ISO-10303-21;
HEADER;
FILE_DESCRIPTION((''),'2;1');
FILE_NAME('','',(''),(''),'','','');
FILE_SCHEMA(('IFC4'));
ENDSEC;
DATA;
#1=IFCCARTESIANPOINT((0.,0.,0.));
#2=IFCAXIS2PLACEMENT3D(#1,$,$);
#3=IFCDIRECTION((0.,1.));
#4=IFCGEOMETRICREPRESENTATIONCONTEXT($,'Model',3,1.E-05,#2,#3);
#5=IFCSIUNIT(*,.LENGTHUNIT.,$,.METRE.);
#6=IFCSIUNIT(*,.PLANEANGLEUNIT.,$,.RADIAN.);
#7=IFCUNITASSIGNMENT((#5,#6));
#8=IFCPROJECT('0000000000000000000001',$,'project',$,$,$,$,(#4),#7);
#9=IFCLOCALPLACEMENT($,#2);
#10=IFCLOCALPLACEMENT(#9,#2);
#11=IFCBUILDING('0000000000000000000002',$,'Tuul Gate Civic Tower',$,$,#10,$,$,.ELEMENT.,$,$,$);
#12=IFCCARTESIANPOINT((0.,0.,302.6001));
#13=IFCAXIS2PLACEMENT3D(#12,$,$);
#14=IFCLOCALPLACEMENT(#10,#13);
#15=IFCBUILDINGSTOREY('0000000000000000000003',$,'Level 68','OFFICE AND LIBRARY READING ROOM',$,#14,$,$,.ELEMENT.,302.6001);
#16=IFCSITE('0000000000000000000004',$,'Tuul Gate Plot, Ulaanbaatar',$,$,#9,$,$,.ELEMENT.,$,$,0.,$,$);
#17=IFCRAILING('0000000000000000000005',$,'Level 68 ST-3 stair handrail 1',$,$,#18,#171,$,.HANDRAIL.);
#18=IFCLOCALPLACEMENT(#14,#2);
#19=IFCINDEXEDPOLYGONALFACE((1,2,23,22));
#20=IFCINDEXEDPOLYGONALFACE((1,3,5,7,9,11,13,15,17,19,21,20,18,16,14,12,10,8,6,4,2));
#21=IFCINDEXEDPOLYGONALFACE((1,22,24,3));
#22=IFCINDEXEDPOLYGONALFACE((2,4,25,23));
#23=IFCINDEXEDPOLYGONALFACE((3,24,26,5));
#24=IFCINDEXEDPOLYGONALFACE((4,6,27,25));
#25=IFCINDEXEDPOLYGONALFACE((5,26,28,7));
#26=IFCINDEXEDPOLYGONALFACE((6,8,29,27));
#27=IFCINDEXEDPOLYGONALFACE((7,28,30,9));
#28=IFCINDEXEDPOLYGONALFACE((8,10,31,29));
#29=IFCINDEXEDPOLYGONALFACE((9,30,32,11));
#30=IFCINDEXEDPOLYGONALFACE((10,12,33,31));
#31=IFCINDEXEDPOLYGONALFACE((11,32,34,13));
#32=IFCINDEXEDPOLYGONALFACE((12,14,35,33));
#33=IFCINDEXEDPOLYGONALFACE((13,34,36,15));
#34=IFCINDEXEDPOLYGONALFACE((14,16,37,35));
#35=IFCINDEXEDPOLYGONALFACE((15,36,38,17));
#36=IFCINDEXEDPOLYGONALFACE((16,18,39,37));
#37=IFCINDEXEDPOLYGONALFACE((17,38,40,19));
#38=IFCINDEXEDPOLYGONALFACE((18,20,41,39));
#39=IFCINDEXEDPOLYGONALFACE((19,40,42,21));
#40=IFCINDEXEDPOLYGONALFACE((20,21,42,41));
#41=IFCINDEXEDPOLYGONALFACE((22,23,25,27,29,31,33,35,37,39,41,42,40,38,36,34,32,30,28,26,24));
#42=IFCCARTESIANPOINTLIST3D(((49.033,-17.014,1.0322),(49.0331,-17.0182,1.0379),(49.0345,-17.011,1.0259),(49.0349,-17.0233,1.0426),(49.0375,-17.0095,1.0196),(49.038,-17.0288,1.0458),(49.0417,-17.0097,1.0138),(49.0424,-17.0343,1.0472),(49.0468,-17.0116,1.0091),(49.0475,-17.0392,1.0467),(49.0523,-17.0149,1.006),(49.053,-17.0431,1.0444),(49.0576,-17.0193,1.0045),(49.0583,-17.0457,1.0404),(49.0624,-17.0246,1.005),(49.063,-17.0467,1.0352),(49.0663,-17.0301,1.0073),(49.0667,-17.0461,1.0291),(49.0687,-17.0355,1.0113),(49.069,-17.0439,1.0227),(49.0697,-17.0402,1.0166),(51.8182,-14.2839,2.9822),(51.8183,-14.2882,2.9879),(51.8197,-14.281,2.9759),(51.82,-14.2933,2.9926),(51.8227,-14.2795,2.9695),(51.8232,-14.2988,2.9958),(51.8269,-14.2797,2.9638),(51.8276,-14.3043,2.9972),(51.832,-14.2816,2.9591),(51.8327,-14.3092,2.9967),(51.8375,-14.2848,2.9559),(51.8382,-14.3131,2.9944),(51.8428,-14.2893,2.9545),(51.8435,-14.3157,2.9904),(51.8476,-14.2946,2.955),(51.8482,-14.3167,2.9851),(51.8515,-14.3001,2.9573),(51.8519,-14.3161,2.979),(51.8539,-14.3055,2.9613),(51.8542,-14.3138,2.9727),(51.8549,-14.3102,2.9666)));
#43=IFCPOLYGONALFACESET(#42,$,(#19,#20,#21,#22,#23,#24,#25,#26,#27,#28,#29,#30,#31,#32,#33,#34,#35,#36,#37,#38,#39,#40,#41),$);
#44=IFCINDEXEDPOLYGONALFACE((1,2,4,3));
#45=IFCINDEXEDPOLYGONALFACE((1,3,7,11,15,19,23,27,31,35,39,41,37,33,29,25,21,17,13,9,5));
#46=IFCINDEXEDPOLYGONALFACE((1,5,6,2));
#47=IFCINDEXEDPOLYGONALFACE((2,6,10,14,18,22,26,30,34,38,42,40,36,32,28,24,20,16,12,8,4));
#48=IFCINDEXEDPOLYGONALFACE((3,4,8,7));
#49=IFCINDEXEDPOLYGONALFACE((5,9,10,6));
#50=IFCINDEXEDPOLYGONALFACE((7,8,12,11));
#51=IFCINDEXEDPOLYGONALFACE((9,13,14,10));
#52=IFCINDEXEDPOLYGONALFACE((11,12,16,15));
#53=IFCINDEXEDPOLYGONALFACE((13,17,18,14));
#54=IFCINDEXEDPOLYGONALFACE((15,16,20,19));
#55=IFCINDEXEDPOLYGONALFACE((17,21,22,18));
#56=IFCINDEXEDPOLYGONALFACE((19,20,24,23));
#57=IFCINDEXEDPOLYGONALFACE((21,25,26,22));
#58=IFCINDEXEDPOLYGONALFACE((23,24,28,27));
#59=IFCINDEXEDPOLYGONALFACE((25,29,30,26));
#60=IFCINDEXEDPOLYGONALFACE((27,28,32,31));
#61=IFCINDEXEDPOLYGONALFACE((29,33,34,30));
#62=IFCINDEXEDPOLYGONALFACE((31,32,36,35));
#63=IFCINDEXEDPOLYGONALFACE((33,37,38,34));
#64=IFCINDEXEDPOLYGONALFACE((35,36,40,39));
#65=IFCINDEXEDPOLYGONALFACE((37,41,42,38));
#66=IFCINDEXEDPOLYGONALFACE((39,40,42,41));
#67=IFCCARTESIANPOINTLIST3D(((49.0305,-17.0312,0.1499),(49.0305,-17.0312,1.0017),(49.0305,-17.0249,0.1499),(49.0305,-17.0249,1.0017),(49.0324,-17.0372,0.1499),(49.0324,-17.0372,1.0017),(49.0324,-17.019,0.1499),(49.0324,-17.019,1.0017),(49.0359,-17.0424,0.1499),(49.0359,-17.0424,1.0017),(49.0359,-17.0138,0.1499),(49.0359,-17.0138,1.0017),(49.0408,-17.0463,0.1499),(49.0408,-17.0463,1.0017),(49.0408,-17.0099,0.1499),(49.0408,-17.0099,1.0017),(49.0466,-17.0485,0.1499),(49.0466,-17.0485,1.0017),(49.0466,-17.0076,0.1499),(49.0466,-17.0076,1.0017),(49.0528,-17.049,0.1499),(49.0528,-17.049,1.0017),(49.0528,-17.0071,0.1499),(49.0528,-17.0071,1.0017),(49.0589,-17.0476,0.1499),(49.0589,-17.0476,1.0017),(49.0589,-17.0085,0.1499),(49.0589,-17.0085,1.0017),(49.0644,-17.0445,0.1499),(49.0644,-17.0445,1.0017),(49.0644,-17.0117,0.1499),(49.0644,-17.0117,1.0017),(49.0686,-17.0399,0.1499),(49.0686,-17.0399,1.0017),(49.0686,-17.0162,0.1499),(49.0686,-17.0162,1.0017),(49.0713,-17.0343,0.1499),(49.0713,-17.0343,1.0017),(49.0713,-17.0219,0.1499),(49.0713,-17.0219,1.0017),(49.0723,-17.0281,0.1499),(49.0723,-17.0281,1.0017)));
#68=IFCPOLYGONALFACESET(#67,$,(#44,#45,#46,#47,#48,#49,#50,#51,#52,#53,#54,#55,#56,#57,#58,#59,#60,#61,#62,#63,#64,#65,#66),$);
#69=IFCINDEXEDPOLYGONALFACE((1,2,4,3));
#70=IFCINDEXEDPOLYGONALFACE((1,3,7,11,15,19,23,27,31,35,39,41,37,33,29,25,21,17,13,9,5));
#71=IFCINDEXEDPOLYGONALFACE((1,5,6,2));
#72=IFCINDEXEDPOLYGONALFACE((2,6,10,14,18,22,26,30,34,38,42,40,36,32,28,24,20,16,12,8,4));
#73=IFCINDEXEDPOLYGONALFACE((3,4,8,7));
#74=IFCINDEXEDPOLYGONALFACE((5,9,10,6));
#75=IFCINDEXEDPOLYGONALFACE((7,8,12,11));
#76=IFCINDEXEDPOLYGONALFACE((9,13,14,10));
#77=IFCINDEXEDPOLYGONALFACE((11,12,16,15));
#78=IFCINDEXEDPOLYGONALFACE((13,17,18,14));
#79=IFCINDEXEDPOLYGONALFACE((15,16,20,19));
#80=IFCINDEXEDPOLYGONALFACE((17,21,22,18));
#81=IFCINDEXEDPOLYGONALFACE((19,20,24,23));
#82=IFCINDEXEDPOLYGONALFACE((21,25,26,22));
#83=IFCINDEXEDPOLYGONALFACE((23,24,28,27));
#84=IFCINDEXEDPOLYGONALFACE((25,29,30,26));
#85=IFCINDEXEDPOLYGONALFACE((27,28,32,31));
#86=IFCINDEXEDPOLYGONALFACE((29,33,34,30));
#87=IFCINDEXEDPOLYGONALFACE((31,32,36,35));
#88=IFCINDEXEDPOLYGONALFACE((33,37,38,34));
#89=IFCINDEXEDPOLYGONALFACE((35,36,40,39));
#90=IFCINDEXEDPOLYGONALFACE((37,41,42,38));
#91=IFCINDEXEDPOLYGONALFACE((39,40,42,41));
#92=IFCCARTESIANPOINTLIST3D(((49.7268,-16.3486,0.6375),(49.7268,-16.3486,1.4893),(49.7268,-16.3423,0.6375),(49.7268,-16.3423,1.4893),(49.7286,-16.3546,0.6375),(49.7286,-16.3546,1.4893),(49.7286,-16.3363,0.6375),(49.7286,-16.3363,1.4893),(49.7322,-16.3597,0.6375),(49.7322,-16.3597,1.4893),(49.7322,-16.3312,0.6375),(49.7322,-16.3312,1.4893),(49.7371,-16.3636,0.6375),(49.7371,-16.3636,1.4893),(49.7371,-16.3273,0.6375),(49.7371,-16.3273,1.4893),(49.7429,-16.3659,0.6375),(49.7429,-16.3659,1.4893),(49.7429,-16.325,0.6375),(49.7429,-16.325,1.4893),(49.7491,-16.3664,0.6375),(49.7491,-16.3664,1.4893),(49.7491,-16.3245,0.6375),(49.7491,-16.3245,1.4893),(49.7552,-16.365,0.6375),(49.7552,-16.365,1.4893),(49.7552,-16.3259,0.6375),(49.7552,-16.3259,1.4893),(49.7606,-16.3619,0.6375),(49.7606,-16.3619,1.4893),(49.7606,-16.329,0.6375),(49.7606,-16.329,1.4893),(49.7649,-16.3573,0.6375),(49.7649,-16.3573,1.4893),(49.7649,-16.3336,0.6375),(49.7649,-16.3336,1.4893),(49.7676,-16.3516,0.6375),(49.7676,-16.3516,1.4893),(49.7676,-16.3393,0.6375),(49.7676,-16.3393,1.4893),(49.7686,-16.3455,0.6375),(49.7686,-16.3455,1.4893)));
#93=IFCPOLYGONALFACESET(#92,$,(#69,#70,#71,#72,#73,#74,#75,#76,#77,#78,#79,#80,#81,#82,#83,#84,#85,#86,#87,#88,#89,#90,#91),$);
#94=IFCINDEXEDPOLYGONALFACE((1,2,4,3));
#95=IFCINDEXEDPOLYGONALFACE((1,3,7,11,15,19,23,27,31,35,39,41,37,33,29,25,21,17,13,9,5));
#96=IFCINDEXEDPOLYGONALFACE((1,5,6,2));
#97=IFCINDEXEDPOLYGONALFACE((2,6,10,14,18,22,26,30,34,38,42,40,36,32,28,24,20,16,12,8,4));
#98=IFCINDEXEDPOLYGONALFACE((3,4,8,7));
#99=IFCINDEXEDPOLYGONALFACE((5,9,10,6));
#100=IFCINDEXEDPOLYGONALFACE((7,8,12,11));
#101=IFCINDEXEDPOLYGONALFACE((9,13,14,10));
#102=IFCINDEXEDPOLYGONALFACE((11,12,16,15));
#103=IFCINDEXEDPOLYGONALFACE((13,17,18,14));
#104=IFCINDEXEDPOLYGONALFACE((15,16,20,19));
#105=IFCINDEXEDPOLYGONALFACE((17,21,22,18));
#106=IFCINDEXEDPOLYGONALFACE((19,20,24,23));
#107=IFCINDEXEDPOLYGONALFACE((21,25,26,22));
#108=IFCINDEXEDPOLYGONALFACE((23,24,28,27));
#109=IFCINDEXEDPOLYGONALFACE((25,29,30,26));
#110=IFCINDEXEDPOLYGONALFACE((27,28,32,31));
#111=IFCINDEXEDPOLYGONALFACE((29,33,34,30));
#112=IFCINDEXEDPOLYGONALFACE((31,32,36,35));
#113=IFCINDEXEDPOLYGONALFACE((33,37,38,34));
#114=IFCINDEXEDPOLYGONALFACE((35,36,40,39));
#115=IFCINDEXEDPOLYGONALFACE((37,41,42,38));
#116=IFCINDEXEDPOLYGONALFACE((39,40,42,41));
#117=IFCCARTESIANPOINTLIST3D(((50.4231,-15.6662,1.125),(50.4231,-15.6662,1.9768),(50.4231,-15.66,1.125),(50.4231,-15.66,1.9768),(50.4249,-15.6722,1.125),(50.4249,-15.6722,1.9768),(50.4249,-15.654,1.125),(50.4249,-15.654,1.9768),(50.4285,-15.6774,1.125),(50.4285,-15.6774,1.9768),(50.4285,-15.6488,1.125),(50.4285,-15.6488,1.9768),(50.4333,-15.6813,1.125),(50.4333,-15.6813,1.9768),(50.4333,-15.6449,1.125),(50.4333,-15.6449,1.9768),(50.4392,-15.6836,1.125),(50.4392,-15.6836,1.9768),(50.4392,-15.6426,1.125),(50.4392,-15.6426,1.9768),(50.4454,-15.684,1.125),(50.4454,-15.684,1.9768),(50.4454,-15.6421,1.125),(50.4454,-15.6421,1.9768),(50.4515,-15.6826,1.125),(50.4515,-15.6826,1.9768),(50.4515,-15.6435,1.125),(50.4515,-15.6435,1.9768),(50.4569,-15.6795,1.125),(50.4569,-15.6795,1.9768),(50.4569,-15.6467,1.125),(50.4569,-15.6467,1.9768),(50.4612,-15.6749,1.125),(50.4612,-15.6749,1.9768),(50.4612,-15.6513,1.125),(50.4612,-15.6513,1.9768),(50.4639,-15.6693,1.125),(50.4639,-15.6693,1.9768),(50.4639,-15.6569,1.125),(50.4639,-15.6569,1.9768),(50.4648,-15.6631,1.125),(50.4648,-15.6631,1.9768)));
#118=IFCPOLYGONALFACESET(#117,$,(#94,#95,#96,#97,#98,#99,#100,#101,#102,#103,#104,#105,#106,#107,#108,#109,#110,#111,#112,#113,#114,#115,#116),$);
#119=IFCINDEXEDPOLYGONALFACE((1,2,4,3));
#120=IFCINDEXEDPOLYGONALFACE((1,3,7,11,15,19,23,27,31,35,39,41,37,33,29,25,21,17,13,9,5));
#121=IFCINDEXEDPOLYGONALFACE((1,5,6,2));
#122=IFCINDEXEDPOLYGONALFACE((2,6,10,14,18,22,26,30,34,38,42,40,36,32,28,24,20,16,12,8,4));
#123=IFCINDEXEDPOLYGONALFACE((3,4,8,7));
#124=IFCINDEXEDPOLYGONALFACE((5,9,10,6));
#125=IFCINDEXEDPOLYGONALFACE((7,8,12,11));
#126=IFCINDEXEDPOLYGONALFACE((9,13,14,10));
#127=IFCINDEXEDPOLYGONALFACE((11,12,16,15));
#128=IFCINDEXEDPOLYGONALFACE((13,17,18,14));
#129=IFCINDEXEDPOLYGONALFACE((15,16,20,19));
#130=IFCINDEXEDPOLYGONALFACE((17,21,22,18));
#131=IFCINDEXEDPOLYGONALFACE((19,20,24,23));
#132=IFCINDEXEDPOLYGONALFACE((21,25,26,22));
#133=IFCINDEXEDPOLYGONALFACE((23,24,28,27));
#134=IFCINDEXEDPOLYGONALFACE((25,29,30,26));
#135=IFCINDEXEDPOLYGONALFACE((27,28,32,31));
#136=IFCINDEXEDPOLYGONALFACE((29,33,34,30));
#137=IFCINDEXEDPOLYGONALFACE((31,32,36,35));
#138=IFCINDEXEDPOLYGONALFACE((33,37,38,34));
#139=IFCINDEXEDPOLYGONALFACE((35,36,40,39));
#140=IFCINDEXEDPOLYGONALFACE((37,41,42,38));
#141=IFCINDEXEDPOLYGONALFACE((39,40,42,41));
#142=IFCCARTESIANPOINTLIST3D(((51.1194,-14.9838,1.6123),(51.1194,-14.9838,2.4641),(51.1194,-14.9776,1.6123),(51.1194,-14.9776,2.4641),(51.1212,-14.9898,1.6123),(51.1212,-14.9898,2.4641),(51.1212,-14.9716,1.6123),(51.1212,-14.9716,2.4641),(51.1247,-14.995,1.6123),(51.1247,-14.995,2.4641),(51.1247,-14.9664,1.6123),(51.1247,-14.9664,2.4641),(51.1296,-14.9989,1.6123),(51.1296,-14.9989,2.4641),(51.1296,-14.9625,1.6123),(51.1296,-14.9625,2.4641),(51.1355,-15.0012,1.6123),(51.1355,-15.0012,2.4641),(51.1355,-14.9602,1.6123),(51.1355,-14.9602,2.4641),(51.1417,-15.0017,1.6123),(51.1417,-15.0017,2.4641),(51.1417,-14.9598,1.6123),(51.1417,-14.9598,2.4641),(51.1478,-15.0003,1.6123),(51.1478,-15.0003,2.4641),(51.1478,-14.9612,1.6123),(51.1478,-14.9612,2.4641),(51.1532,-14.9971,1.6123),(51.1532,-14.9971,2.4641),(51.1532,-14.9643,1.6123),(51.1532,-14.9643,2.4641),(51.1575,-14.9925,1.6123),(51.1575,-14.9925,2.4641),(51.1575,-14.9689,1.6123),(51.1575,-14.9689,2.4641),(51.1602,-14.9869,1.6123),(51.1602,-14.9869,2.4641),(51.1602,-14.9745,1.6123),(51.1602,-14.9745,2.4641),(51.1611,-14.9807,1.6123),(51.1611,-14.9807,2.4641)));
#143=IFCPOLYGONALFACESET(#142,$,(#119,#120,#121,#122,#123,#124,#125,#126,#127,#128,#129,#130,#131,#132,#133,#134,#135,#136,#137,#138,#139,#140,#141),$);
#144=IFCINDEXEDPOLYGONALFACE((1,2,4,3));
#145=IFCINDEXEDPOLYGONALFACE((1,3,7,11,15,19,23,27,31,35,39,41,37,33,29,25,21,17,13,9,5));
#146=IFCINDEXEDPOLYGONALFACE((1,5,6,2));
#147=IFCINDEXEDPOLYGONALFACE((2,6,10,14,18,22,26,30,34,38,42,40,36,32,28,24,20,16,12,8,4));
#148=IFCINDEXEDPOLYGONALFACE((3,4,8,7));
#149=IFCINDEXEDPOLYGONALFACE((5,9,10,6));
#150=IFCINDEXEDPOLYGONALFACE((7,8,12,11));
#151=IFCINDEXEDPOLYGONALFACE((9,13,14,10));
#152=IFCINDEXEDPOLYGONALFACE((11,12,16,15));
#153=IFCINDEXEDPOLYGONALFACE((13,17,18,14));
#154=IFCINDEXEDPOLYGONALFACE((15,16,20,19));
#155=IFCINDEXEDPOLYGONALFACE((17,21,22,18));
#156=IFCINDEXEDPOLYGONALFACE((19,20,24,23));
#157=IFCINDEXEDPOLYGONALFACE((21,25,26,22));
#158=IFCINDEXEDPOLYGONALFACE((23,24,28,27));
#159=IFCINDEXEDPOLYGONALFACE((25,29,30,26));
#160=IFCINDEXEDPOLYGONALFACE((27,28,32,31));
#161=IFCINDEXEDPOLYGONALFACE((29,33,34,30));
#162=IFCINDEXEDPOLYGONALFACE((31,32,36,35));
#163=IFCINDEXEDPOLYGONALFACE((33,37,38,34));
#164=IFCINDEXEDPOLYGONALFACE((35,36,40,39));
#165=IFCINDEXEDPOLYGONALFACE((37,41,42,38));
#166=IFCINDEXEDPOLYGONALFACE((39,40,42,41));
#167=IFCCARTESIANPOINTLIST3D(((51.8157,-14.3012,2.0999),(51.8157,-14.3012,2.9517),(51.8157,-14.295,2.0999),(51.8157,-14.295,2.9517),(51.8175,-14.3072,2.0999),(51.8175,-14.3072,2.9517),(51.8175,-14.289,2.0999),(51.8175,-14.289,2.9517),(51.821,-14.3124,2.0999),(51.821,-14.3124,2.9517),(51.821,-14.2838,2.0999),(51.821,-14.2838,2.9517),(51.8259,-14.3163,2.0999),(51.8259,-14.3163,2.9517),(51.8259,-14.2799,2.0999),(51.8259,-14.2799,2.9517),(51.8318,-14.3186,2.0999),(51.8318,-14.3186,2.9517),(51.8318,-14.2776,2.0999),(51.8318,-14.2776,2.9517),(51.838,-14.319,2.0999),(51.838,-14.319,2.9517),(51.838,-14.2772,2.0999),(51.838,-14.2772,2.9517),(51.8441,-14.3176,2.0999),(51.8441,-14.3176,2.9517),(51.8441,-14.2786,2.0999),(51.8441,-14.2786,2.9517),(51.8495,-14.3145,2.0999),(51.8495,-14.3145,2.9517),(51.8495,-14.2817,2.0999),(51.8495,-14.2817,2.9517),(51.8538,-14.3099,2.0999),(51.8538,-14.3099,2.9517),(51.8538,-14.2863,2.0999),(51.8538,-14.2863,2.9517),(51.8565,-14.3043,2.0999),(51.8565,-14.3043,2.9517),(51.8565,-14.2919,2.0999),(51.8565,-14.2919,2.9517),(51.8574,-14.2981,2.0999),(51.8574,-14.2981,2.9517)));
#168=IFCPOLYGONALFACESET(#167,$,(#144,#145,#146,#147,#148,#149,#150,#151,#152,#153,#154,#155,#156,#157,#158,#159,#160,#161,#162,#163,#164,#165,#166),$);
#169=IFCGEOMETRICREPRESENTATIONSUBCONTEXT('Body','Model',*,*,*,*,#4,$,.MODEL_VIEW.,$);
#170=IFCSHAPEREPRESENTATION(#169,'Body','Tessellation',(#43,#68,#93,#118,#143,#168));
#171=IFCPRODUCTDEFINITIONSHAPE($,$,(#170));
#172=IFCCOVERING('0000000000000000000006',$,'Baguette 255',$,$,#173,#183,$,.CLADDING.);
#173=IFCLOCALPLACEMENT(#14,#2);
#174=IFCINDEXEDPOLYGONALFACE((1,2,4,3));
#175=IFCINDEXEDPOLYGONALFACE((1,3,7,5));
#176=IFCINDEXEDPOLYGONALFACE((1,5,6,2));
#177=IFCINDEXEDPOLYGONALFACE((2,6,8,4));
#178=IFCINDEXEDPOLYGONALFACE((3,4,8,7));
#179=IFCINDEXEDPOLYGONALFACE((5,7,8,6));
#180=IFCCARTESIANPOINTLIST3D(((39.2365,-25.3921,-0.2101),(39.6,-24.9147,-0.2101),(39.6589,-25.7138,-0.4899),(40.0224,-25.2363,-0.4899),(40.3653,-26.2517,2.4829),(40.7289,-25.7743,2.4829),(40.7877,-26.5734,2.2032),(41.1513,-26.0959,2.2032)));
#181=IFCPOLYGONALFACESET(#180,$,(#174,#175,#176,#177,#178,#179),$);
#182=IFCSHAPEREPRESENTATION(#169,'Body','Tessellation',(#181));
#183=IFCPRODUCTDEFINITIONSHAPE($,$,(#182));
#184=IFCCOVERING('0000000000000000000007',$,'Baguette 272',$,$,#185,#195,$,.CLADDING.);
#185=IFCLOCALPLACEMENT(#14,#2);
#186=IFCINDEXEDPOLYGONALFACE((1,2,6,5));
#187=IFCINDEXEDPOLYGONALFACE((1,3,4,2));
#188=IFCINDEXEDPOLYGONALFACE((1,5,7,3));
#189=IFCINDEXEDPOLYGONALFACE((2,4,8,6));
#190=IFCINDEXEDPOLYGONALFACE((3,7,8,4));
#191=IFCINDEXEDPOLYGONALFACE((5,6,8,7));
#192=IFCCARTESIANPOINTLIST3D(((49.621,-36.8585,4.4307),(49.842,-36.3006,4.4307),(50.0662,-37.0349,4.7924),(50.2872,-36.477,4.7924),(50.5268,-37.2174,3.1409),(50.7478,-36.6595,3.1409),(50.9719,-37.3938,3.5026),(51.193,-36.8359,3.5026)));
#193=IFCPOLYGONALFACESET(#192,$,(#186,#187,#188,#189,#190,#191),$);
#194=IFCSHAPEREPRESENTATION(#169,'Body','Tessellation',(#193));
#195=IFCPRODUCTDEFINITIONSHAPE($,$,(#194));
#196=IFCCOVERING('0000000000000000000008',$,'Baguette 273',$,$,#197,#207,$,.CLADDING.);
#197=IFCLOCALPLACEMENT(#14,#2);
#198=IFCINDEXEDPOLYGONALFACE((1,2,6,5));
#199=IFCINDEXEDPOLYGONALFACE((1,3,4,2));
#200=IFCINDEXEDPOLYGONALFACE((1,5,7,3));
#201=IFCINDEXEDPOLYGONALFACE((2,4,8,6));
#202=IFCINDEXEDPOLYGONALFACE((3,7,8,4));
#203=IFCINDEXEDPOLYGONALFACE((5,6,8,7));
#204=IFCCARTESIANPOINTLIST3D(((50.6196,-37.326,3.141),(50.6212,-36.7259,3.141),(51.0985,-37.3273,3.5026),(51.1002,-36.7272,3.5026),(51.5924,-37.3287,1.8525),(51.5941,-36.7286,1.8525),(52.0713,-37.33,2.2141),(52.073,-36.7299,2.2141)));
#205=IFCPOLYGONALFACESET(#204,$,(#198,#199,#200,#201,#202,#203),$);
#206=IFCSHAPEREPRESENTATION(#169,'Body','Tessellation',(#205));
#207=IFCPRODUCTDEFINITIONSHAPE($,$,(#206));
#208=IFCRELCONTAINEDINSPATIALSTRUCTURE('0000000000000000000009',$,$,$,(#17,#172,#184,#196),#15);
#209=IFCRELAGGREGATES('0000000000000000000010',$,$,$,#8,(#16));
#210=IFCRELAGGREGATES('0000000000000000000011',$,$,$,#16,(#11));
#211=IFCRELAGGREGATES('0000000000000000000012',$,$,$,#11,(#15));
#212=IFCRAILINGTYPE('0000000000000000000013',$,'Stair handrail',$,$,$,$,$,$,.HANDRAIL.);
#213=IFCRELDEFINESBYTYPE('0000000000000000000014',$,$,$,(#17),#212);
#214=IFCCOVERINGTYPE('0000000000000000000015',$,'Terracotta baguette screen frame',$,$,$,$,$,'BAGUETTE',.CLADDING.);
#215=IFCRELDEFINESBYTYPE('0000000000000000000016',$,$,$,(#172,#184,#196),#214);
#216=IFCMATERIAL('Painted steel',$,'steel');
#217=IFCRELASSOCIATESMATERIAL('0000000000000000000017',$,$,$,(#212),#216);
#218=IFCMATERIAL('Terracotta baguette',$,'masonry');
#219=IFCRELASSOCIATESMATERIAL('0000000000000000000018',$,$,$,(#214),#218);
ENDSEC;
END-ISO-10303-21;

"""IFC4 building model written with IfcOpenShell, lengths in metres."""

from ifc_helpers import new_model, si_unit, direction, frame, origin, origin_2d, place, context, subcontext, project, spatial, rectangle, circle, extrude, material, material_profile, profile_set, type_object, element, save


model = new_model("IFC4")

# Units and contexts
model_context = context("Model", 3, precision=1e-05, world=origin(), true_north=direction((0.0, 1.0)))
body_context = subcontext(model_context, "Body", "Model", "MODEL_VIEW")
ifc_project = project(units=[si_unit("LENGTHUNIT", "METRE"), si_unit("PLANEANGLEUNIT", "RADIAN")], contexts=[model_context])

# Site, building, storey
site_placement = place(None, origin())
site = spatial("IfcSite", under=ifc_project, at=site_placement, Name="Tuul Gate Plot, Ulaanbaatar", CompositionType="ELEMENT", RefElevation=0.0)
building_placement = place(site_placement, origin())
building = spatial("IfcBuilding", under=site, at=building_placement, Name="Tuul Gate Civic Tower", CompositionType="ELEMENT")
storey_placement = place(building_placement, frame((0.0, 0.0, 302.6001)))
storey = spatial("IfcBuildingStorey", under=building, at=storey_placement, Name="Level 68", Description="OFFICE AND LIBRARY READING ROOM", CompositionType="ELEMENT", Elevation=302.6001)

# Railing
ifc_material_1 = material(Name="Painted steel", Category="steel")
railing_type = type_object("IfcRailingType", Name="Stair handrail", PredefinedType="HANDRAIL", material=ifc_material_1)
railing_placement = place(storey_placement, frame((49.0513, -17.0281, 0.1499)))
element("IfcRailing", 1, at=railing_placement, inside=storey, type_object=railing_type, Name="Level 68 ST-3 stair handrail 1", PredefinedType="HANDRAIL", context=body_context, shape_type="SweptSolid", body=[
    extrude(circle(Radius=0.0239, at=origin_2d()), frame((0.0, 0.0, 0.876), z_axis=(0.638754, 0.6261, 0.447206), x_axis=(-0.699998, 0.714145, 0.0)), (0.0, 0.0, 1.0), 4.3604),
    extrude(circle(Radius=0.021, at=origin_2d()), origin(), (0.0, 0.0, 1.0), 0.8518),
    extrude(circle(Radius=0.021, at=origin_2d()), frame((0.6963, 0.6826, 0.4875)), (0.0, 0.0, 1.0), 0.8518),
    extrude(circle(Radius=0.021, at=origin_2d()), frame((1.3926, 1.365, 0.9751)), (0.0, 0.0, 1.0), 0.8518),
    extrude(circle(Radius=0.021, at=origin_2d()), frame((2.0889, 2.0474, 1.4624)), (0.0, 0.0, 1.0), 0.8518),
    extrude(circle(Radius=0.021, at=origin_2d()), frame((2.7852, 2.73, 1.95)), (0.0, 0.0, 1.0), 0.8518),
])

# Coverings
ifc_material_2 = material(Name="Terracotta baguette", Category="masonry")
ifc_material_profile_1 = material_profile(ifc_material_2, rectangle(XDim=0.6001, YDim=0.6001, at=origin_2d()), Name="Terracotta baguette screen frame")
ifc_profile_set_1 = profile_set([ifc_material_profile_1], Name="Terracotta baguette")
covering_type = type_object("IfcCoveringType", Name="Terracotta baguette screen frame", ElementType="BAGUETTE", PredefinedType="CLADDING", material=ifc_profile_set_1)
covering_1_placement = place(storey_placement, frame((40.7583, -26.1738, 2.343), z_axis=(-0.370857, 0.282393, -0.884714), x_axis=(-0.60582, -0.795602, 0.0)))
element("IfcCovering", 2, at=covering_1_placement, inside=storey, type_object=covering_type, Name="Baguette 255", PredefinedType="CLADDING", context=body_context, shape_type="SweptSolid", body=[
    extrude(rectangle(XDim=0.6001, YDim=0.6001, at=origin_2d()), origin(), (0.0, 0.0, 1.0), 3.0439),
])
covering_2_placement = place(storey_placement, frame((49.9541, -36.6677, 4.6116), z_axis=(0.560355, -0.222027, -0.797939), x_axis=(0.368364, 0.929682, 0.0)))
element("IfcCovering", 3, at=covering_2_placement, inside=storey, type_object=covering_type, Name="Baguette 272", PredefinedType="CLADDING", context=body_context, shape_type="SweptSolid", body=[
    extrude(rectangle(XDim=0.6001, YDim=0.6001, at=origin_2d()), origin(), (0.0, 0.0, 1.0), 1.6165),
])
covering_3_placement = place(storey_placement, frame((50.8599, -37.0266, 3.3218), z_axis=(0.602561, -0.001663, -0.798071), x_axis=(0.00276, 0.999996, 0.0)))
element("IfcCovering", 4, at=covering_3_placement, inside=storey, type_object=covering_type, Name="Baguette 273", PredefinedType="CLADDING", context=body_context, shape_type="SweptSolid", body=[
    extrude(rectangle(XDim=0.6001, YDim=0.6001, at=origin_2d()), origin(), (0.0, 0.0, 1.0), 1.6145),
])

save(model, "model.ifc")
